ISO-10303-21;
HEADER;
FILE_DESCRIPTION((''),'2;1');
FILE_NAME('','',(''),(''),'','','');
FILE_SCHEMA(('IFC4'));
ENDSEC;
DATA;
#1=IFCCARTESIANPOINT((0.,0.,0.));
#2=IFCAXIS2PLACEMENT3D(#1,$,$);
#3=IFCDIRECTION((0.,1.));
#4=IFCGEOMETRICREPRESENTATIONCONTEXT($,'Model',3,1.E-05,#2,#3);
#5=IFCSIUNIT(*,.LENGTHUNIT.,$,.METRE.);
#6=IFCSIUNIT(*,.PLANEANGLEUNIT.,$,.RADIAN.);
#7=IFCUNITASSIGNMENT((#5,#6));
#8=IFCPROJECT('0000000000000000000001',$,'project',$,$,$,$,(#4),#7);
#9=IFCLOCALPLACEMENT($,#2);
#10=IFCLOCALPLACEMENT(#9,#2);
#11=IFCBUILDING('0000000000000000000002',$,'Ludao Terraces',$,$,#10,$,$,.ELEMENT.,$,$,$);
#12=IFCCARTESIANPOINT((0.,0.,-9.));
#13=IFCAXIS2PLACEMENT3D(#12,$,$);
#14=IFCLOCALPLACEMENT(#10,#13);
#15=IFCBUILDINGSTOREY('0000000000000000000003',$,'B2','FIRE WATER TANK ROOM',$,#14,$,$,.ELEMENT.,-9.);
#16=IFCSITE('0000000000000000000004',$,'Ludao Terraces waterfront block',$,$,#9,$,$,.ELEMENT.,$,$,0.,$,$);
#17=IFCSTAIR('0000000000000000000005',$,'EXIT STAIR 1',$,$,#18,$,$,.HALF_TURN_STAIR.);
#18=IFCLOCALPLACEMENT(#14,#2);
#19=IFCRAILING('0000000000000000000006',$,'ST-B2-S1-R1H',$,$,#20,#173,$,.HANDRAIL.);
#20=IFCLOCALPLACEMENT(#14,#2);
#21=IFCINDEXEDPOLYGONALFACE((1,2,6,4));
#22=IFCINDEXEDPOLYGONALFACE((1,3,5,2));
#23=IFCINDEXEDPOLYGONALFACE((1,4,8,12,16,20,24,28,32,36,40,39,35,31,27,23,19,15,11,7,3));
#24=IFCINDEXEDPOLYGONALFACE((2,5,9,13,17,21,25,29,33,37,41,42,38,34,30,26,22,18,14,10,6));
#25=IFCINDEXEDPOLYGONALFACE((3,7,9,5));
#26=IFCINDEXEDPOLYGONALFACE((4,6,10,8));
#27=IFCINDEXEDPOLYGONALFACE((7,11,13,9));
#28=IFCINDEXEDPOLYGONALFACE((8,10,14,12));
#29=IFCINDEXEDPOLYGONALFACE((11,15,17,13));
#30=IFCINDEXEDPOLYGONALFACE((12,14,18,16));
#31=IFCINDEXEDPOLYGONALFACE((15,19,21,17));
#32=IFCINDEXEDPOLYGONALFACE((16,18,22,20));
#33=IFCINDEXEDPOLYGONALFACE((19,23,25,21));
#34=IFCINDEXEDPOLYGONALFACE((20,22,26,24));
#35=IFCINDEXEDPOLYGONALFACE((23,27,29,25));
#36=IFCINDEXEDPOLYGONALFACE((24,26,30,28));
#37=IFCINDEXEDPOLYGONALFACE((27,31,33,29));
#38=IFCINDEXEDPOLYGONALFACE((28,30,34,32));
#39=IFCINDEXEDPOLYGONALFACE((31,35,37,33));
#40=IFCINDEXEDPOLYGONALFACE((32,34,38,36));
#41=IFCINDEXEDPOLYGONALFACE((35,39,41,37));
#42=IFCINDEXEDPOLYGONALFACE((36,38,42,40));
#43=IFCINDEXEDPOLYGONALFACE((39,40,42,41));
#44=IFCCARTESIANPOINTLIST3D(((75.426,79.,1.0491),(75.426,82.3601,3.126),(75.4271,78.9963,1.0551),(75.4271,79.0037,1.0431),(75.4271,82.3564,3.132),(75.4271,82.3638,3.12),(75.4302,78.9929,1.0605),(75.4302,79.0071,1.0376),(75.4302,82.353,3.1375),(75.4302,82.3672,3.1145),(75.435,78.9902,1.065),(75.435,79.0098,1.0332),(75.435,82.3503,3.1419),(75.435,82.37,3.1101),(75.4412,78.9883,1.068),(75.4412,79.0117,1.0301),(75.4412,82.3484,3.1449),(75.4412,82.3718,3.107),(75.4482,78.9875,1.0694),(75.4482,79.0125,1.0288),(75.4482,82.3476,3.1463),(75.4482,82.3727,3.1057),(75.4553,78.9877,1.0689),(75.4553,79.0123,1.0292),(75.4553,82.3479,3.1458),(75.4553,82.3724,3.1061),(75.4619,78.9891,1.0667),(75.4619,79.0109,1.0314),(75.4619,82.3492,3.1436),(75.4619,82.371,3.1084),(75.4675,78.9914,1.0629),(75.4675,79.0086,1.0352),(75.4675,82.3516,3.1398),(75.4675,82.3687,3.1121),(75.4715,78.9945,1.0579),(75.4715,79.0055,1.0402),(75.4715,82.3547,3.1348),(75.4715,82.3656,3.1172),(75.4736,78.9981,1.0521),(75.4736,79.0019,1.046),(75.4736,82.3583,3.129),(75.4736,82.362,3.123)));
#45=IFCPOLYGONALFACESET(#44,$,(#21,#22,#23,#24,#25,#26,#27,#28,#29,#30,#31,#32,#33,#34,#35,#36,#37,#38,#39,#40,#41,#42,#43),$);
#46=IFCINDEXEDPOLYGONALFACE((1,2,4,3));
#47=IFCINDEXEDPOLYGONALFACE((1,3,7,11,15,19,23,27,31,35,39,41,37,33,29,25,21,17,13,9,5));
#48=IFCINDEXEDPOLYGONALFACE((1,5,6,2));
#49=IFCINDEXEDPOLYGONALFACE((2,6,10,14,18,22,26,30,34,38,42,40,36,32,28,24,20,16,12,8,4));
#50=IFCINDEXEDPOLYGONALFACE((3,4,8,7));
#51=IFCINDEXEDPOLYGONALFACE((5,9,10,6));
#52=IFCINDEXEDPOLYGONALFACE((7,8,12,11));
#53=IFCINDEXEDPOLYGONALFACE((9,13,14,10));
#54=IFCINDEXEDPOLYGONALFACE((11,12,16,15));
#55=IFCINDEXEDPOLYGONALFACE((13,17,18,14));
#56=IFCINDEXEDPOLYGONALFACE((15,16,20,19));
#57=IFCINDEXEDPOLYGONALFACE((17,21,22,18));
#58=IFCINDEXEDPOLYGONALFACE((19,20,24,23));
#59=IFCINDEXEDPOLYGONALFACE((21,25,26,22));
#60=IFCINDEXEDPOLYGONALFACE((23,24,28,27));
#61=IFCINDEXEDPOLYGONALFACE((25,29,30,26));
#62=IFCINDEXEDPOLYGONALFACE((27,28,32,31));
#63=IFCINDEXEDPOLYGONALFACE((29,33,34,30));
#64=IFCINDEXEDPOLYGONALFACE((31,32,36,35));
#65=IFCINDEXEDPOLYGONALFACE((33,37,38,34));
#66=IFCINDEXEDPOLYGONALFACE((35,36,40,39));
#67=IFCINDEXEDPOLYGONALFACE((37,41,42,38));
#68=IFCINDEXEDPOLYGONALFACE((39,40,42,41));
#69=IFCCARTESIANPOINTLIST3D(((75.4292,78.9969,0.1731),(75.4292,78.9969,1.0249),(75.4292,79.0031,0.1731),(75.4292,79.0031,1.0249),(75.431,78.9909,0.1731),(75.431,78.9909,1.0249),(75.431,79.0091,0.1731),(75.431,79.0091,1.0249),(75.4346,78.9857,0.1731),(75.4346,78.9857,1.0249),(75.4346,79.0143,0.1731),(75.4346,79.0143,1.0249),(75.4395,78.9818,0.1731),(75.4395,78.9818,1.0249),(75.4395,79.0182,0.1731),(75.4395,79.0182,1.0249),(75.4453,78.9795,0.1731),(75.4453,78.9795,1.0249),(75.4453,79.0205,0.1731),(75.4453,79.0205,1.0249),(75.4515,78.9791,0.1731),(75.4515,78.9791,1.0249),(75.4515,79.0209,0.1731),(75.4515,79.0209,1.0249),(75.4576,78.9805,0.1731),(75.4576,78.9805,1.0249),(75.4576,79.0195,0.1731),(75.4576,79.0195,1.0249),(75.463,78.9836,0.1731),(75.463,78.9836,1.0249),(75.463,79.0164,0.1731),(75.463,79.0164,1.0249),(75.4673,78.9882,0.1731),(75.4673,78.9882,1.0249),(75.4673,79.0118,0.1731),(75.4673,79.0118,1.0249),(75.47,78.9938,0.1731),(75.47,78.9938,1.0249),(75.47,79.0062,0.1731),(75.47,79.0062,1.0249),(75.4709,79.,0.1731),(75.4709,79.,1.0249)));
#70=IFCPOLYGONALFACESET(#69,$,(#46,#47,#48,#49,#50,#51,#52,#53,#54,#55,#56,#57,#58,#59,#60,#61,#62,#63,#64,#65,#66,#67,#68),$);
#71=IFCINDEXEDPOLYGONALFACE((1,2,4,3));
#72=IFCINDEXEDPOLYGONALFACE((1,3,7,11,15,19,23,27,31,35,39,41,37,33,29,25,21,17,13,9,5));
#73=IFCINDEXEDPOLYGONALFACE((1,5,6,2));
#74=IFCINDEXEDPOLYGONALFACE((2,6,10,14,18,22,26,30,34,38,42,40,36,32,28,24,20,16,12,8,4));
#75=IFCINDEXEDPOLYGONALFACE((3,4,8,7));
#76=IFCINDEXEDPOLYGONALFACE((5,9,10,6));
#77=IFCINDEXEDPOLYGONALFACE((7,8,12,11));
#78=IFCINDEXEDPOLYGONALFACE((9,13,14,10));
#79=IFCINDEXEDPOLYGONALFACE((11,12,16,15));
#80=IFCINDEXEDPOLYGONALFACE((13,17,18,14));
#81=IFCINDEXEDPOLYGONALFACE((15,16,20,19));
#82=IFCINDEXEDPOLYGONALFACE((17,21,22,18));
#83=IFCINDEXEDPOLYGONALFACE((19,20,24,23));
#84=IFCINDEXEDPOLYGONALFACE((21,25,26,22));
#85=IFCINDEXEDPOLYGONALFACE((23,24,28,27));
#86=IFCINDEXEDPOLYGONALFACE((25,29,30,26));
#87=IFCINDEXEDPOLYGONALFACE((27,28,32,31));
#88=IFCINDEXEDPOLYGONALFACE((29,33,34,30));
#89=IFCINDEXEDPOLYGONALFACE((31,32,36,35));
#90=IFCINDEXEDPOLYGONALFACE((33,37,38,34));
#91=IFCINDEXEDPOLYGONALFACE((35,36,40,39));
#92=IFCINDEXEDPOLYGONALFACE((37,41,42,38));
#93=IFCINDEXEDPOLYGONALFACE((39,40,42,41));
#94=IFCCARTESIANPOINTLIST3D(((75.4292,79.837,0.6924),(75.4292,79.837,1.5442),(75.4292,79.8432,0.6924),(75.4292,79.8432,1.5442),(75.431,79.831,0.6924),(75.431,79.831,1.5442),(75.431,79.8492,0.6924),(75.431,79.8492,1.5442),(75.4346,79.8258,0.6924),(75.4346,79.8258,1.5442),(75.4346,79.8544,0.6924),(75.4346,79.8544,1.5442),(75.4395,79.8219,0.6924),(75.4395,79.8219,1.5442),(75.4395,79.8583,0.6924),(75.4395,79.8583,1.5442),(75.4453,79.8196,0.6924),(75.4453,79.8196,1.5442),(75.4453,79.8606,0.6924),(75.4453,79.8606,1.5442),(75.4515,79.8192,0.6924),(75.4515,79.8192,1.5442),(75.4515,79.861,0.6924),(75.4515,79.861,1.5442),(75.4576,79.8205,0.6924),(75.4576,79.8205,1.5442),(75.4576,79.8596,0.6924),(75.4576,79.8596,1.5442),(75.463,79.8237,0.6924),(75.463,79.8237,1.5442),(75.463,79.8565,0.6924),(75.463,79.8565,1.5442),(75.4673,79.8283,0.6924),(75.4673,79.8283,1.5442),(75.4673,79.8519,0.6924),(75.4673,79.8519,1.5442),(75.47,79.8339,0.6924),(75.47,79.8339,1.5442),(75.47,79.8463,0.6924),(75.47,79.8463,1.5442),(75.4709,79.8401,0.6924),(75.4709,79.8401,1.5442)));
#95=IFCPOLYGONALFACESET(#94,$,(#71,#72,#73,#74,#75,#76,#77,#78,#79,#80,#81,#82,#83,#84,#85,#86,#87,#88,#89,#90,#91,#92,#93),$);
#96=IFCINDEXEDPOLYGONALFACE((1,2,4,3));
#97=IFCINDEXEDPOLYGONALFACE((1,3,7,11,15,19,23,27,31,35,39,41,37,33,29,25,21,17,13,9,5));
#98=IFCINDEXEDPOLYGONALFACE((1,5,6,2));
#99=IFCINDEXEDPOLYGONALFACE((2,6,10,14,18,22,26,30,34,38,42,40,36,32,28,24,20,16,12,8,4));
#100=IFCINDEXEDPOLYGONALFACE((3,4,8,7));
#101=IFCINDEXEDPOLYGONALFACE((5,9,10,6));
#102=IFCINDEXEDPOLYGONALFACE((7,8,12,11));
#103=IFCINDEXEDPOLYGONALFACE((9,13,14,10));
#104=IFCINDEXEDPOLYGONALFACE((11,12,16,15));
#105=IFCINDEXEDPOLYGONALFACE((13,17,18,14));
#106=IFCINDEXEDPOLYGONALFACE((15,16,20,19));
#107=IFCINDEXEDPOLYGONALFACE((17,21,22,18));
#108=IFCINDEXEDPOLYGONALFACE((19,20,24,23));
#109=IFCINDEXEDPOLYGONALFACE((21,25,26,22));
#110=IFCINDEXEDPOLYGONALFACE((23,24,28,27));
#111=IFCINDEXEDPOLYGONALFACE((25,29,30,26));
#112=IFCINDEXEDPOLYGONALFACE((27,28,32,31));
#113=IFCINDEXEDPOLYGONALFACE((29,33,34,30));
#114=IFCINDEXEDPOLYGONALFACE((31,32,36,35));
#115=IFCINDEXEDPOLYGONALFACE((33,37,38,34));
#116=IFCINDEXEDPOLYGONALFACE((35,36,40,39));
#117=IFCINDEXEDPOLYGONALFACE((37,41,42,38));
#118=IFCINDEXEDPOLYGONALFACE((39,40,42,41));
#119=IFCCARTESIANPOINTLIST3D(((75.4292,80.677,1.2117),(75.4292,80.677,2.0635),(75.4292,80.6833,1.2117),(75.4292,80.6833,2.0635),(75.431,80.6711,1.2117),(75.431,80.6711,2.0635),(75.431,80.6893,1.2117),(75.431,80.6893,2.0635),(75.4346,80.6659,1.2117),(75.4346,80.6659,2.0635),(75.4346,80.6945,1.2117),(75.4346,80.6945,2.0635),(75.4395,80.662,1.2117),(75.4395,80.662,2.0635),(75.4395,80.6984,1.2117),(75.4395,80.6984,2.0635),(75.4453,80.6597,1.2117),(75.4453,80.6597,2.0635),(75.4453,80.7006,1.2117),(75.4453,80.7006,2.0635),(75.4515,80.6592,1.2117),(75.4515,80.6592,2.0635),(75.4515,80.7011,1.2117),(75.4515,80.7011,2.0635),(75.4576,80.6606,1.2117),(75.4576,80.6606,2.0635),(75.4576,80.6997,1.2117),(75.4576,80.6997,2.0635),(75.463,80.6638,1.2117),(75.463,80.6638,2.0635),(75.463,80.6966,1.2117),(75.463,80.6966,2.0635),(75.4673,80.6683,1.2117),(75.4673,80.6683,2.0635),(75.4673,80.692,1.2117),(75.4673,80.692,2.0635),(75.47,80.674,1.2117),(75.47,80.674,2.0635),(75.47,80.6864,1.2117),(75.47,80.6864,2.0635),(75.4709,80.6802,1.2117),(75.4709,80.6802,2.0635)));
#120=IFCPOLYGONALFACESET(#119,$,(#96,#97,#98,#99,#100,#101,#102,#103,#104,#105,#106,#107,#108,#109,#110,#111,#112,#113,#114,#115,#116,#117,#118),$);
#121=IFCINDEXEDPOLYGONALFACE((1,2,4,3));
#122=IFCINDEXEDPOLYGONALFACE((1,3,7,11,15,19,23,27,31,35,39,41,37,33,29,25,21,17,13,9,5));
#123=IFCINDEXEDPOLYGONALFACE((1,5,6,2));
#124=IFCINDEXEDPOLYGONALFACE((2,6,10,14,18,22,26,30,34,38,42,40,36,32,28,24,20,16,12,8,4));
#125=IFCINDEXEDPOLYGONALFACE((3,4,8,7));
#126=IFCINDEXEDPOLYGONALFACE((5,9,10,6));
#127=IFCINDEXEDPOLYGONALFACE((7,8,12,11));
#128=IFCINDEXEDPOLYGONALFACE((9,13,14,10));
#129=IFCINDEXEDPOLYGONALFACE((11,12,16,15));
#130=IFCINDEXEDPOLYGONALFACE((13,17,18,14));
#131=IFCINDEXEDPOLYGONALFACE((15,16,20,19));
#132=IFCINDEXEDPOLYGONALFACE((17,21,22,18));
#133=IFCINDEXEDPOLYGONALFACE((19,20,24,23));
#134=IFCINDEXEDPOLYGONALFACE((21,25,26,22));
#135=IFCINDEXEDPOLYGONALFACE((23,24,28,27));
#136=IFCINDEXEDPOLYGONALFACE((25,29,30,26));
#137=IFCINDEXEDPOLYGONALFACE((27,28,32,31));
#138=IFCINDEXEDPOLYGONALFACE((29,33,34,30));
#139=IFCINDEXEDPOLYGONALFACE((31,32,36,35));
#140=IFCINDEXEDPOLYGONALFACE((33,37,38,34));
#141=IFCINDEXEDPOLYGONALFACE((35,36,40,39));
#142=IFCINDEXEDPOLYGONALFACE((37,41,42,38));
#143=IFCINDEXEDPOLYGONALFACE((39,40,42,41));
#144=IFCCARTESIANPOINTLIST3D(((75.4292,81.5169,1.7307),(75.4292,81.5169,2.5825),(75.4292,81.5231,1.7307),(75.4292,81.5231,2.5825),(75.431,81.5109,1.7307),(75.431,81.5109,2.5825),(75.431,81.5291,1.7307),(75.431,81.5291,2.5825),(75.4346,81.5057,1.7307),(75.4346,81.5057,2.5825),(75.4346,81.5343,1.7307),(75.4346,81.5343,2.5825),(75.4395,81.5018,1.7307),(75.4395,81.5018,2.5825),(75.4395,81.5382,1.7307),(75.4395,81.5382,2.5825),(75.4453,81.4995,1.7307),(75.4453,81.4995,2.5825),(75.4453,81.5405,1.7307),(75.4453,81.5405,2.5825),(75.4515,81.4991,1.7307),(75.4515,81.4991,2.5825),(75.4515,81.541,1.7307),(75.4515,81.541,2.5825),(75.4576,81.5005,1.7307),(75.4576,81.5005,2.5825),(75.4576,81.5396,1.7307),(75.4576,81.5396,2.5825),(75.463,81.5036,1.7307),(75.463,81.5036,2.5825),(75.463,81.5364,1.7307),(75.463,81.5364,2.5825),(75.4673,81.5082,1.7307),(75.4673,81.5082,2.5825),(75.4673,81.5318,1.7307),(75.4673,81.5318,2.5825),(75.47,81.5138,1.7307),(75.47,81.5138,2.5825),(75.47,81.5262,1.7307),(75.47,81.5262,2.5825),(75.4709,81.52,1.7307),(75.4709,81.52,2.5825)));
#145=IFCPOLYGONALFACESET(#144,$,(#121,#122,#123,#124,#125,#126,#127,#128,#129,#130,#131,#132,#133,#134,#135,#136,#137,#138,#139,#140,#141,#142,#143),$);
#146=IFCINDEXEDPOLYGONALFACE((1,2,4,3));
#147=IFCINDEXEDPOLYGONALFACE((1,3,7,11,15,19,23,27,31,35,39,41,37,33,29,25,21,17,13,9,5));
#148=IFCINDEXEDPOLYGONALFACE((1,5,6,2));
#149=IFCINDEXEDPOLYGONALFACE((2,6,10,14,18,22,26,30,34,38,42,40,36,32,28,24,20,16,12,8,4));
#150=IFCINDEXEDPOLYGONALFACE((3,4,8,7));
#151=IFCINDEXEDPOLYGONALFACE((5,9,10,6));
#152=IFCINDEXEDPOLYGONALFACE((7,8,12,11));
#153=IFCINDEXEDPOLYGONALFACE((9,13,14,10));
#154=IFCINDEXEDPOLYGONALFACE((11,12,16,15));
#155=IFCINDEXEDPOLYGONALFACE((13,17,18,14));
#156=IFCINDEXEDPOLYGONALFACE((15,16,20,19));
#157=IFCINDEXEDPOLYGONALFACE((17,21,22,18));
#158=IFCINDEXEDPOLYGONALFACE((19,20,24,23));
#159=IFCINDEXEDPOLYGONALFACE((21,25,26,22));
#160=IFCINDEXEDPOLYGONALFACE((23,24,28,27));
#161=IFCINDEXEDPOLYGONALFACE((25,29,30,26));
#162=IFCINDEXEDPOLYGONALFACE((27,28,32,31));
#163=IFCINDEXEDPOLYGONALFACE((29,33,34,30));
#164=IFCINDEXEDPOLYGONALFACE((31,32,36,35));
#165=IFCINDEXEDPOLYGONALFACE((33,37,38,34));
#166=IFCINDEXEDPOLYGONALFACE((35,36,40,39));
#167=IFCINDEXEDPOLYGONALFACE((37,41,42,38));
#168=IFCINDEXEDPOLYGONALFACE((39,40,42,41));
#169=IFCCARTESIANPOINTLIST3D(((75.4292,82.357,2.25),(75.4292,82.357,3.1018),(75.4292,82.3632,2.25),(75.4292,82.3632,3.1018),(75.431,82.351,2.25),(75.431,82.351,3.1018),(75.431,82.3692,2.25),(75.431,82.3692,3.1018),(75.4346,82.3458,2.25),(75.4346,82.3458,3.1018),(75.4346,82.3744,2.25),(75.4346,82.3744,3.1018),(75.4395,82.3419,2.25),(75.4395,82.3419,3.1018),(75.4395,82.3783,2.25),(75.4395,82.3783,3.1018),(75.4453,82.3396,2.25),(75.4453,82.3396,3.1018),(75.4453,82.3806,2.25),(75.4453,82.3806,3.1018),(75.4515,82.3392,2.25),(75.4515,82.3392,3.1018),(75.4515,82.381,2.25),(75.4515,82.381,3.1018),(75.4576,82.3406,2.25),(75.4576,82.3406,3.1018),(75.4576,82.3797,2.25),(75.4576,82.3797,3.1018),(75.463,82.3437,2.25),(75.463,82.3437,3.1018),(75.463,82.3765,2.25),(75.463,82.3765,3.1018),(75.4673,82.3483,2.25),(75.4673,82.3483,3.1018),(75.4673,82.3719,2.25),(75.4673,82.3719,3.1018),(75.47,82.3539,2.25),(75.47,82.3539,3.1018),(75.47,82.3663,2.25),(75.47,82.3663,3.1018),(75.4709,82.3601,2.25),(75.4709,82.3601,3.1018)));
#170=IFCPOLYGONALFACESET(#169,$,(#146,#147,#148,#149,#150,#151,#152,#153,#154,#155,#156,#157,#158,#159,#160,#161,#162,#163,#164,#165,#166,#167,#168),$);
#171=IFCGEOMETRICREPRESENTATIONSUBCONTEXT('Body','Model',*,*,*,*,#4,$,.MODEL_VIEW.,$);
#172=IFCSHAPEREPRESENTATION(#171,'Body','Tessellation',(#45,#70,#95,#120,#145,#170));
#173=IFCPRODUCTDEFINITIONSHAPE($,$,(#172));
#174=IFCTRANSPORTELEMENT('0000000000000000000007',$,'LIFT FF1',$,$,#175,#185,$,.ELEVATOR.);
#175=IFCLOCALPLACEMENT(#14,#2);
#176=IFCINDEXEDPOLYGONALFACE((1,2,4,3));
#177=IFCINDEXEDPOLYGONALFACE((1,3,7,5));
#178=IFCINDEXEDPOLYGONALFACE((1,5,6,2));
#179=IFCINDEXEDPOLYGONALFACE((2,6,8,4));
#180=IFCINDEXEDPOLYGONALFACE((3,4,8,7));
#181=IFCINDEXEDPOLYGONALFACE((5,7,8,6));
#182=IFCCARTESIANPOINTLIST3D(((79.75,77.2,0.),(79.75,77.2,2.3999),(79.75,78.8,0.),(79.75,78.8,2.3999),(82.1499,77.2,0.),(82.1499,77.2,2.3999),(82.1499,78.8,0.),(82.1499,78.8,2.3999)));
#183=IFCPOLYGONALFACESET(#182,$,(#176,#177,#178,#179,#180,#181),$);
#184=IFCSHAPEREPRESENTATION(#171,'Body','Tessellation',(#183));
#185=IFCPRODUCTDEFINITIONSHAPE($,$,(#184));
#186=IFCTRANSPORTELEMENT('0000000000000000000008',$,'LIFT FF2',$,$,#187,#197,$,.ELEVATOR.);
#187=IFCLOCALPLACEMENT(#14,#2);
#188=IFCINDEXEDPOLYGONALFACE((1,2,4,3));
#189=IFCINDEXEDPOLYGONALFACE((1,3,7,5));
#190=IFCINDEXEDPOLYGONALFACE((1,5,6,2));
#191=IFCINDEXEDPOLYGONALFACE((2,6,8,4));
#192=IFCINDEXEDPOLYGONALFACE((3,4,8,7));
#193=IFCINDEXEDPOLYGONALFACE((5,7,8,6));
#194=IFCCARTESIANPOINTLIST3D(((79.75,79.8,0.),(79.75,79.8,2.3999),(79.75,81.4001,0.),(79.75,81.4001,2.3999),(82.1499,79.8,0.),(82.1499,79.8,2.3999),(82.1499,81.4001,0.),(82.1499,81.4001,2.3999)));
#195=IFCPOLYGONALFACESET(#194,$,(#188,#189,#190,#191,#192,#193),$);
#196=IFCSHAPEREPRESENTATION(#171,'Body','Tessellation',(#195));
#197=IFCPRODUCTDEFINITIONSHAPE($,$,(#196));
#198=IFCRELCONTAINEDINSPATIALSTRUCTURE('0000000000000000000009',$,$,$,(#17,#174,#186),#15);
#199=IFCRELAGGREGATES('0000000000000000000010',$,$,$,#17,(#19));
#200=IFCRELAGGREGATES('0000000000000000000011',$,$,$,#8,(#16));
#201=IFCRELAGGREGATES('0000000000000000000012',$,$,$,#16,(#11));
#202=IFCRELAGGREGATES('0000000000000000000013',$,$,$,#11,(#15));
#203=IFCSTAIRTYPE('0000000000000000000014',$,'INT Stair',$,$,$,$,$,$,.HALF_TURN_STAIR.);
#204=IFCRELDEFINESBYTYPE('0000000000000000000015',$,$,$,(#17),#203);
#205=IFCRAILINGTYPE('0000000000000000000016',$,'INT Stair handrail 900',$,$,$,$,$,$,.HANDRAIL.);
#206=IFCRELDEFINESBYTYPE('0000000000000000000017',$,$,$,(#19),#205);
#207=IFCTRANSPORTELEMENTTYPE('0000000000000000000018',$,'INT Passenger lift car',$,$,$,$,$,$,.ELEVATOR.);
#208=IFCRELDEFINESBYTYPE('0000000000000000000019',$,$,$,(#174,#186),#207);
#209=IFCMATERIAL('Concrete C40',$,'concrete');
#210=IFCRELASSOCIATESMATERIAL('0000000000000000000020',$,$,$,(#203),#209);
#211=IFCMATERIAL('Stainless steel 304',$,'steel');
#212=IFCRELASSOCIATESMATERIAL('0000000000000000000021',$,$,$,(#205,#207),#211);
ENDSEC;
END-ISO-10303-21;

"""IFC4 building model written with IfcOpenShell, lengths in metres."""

from ifc_helpers import new_model, si_unit, direction, frame, origin, origin_2d, place, context, subcontext, project, spatial, rectangle, circle, extrude, material, type_object, element, aggregate, save


model = new_model("IFC4")

# Units and contexts
model_context = context("Model", 3, precision=1e-05, world=origin(), true_north=direction((0.0, 1.0)))
body_context = subcontext(model_context, "Body", "Model", "MODEL_VIEW")
ifc_project = project(units=[si_unit("LENGTHUNIT", "METRE"), si_unit("PLANEANGLEUNIT", "RADIAN")], contexts=[model_context])

# Site, building, storey
site_placement = place(None, origin())
site = spatial("IfcSite", under=ifc_project, at=site_placement, Name="Ludao Terraces waterfront block", CompositionType="ELEMENT", RefElevation=0.0)
building_placement = place(site_placement, origin())
building = spatial("IfcBuilding", under=site, at=building_placement, Name="Ludao Terraces", CompositionType="ELEMENT")
storey_placement = place(building_placement, frame((0.0, 0.0, -9.0)))
storey = spatial("IfcBuildingStorey", under=building, at=storey_placement, Name="B2", Description="FIRE WATER TANK ROOM", CompositionType="ELEMENT", Elevation=-9.0)

# Shared definitions
ifc_material_1 = material(Name="Concrete C40", Category="concrete")

# Shared definitions
ifc_material_2 = material(Name="Stainless steel 304", Category="steel")

# Stair, railing
stair_type = type_object("IfcStairType", Name="INT Stair", PredefinedType="HALF_TURN_STAIR", material=ifc_material_1)
stair_placement = place(storey_placement, origin())
stair = element("IfcStair", 1, at=stair_placement, inside=storey, type_object=stair_type, Name="EXIT STAIR 1", PredefinedType="HALF_TURN_STAIR")
railing_type_1 = type_object("IfcRailingType", Name="INT Stair handrail 900", PredefinedType="HANDRAIL", material=ifc_material_2)
railing_1_placement = place(storey_placement, frame((75.45, 79.0, 0.1731)))
railing_1 = element("IfcRailing", 2, at=railing_1_placement, type_object=railing_type_1, Name="ST-B2-S1-R1H", PredefinedType="HANDRAIL", context=body_context, shape_type="SweptSolid", body=[
    extrude(circle(Radius=0.0239, at=origin_2d()), frame((0.0, 0.0, 0.876), z_axis=(0.0, 0.850623, 0.525776), x_axis=(-1.0, 0.0, 0.0)), (0.0, 0.0, 1.0), 3.9502),
    extrude(circle(Radius=0.021, at=origin_2d()), origin(), (0.0, 0.0, 1.0), 0.8518),
    extrude(circle(Radius=0.021, at=origin_2d()), frame((0.0, 0.8401, 0.5193)), (0.0, 0.0, 1.0), 0.8518),
    extrude(circle(Radius=0.021, at=origin_2d()), frame((0.0, 1.6802, 1.0386)), (0.0, 0.0, 1.0), 0.8518),
    extrude(circle(Radius=0.021, at=origin_2d()), frame((0.0, 2.52, 1.5576)), (0.0, 0.0, 1.0), 0.8518),
    extrude(circle(Radius=0.021, at=origin_2d()), frame((0.0, 3.3601, 2.0769)), (0.0, 0.0, 1.0), 0.8518),
])
aggregate(stair, [railing_1])

# Transport elements
transport_element_type = type_object("IfcTransportElementType", Name="INT Passenger lift car", PredefinedType="ELEVATOR", material=ifc_material_2)
for number, where, z_axis, x_axis, name in (
    (3, (80.95, 78.0, 0.0), (0.0, 0.0, 1.0), (1.0, 0.0, 0.0), "LIFT FF1"),
    (4, (80.95, 80.6001, 0.0), (0.0, 0.0, 1.0), (1.0, 0.0, 0.0), "LIFT FF2"),
):
    element("IfcTransportElement", number, at=place(storey_placement, frame(where, z_axis=z_axis, x_axis=x_axis)), inside=storey, type_object=transport_element_type, Name=name, PredefinedType="ELEVATOR", context=body_context, shape_type="SweptSolid", body=[
        extrude(rectangle(XDim=2.3999, YDim=1.6001, at=origin_2d()), origin(), (0.0, 0.0, 1.0), 2.3999),
    ])

save(model, "model.ifc")
